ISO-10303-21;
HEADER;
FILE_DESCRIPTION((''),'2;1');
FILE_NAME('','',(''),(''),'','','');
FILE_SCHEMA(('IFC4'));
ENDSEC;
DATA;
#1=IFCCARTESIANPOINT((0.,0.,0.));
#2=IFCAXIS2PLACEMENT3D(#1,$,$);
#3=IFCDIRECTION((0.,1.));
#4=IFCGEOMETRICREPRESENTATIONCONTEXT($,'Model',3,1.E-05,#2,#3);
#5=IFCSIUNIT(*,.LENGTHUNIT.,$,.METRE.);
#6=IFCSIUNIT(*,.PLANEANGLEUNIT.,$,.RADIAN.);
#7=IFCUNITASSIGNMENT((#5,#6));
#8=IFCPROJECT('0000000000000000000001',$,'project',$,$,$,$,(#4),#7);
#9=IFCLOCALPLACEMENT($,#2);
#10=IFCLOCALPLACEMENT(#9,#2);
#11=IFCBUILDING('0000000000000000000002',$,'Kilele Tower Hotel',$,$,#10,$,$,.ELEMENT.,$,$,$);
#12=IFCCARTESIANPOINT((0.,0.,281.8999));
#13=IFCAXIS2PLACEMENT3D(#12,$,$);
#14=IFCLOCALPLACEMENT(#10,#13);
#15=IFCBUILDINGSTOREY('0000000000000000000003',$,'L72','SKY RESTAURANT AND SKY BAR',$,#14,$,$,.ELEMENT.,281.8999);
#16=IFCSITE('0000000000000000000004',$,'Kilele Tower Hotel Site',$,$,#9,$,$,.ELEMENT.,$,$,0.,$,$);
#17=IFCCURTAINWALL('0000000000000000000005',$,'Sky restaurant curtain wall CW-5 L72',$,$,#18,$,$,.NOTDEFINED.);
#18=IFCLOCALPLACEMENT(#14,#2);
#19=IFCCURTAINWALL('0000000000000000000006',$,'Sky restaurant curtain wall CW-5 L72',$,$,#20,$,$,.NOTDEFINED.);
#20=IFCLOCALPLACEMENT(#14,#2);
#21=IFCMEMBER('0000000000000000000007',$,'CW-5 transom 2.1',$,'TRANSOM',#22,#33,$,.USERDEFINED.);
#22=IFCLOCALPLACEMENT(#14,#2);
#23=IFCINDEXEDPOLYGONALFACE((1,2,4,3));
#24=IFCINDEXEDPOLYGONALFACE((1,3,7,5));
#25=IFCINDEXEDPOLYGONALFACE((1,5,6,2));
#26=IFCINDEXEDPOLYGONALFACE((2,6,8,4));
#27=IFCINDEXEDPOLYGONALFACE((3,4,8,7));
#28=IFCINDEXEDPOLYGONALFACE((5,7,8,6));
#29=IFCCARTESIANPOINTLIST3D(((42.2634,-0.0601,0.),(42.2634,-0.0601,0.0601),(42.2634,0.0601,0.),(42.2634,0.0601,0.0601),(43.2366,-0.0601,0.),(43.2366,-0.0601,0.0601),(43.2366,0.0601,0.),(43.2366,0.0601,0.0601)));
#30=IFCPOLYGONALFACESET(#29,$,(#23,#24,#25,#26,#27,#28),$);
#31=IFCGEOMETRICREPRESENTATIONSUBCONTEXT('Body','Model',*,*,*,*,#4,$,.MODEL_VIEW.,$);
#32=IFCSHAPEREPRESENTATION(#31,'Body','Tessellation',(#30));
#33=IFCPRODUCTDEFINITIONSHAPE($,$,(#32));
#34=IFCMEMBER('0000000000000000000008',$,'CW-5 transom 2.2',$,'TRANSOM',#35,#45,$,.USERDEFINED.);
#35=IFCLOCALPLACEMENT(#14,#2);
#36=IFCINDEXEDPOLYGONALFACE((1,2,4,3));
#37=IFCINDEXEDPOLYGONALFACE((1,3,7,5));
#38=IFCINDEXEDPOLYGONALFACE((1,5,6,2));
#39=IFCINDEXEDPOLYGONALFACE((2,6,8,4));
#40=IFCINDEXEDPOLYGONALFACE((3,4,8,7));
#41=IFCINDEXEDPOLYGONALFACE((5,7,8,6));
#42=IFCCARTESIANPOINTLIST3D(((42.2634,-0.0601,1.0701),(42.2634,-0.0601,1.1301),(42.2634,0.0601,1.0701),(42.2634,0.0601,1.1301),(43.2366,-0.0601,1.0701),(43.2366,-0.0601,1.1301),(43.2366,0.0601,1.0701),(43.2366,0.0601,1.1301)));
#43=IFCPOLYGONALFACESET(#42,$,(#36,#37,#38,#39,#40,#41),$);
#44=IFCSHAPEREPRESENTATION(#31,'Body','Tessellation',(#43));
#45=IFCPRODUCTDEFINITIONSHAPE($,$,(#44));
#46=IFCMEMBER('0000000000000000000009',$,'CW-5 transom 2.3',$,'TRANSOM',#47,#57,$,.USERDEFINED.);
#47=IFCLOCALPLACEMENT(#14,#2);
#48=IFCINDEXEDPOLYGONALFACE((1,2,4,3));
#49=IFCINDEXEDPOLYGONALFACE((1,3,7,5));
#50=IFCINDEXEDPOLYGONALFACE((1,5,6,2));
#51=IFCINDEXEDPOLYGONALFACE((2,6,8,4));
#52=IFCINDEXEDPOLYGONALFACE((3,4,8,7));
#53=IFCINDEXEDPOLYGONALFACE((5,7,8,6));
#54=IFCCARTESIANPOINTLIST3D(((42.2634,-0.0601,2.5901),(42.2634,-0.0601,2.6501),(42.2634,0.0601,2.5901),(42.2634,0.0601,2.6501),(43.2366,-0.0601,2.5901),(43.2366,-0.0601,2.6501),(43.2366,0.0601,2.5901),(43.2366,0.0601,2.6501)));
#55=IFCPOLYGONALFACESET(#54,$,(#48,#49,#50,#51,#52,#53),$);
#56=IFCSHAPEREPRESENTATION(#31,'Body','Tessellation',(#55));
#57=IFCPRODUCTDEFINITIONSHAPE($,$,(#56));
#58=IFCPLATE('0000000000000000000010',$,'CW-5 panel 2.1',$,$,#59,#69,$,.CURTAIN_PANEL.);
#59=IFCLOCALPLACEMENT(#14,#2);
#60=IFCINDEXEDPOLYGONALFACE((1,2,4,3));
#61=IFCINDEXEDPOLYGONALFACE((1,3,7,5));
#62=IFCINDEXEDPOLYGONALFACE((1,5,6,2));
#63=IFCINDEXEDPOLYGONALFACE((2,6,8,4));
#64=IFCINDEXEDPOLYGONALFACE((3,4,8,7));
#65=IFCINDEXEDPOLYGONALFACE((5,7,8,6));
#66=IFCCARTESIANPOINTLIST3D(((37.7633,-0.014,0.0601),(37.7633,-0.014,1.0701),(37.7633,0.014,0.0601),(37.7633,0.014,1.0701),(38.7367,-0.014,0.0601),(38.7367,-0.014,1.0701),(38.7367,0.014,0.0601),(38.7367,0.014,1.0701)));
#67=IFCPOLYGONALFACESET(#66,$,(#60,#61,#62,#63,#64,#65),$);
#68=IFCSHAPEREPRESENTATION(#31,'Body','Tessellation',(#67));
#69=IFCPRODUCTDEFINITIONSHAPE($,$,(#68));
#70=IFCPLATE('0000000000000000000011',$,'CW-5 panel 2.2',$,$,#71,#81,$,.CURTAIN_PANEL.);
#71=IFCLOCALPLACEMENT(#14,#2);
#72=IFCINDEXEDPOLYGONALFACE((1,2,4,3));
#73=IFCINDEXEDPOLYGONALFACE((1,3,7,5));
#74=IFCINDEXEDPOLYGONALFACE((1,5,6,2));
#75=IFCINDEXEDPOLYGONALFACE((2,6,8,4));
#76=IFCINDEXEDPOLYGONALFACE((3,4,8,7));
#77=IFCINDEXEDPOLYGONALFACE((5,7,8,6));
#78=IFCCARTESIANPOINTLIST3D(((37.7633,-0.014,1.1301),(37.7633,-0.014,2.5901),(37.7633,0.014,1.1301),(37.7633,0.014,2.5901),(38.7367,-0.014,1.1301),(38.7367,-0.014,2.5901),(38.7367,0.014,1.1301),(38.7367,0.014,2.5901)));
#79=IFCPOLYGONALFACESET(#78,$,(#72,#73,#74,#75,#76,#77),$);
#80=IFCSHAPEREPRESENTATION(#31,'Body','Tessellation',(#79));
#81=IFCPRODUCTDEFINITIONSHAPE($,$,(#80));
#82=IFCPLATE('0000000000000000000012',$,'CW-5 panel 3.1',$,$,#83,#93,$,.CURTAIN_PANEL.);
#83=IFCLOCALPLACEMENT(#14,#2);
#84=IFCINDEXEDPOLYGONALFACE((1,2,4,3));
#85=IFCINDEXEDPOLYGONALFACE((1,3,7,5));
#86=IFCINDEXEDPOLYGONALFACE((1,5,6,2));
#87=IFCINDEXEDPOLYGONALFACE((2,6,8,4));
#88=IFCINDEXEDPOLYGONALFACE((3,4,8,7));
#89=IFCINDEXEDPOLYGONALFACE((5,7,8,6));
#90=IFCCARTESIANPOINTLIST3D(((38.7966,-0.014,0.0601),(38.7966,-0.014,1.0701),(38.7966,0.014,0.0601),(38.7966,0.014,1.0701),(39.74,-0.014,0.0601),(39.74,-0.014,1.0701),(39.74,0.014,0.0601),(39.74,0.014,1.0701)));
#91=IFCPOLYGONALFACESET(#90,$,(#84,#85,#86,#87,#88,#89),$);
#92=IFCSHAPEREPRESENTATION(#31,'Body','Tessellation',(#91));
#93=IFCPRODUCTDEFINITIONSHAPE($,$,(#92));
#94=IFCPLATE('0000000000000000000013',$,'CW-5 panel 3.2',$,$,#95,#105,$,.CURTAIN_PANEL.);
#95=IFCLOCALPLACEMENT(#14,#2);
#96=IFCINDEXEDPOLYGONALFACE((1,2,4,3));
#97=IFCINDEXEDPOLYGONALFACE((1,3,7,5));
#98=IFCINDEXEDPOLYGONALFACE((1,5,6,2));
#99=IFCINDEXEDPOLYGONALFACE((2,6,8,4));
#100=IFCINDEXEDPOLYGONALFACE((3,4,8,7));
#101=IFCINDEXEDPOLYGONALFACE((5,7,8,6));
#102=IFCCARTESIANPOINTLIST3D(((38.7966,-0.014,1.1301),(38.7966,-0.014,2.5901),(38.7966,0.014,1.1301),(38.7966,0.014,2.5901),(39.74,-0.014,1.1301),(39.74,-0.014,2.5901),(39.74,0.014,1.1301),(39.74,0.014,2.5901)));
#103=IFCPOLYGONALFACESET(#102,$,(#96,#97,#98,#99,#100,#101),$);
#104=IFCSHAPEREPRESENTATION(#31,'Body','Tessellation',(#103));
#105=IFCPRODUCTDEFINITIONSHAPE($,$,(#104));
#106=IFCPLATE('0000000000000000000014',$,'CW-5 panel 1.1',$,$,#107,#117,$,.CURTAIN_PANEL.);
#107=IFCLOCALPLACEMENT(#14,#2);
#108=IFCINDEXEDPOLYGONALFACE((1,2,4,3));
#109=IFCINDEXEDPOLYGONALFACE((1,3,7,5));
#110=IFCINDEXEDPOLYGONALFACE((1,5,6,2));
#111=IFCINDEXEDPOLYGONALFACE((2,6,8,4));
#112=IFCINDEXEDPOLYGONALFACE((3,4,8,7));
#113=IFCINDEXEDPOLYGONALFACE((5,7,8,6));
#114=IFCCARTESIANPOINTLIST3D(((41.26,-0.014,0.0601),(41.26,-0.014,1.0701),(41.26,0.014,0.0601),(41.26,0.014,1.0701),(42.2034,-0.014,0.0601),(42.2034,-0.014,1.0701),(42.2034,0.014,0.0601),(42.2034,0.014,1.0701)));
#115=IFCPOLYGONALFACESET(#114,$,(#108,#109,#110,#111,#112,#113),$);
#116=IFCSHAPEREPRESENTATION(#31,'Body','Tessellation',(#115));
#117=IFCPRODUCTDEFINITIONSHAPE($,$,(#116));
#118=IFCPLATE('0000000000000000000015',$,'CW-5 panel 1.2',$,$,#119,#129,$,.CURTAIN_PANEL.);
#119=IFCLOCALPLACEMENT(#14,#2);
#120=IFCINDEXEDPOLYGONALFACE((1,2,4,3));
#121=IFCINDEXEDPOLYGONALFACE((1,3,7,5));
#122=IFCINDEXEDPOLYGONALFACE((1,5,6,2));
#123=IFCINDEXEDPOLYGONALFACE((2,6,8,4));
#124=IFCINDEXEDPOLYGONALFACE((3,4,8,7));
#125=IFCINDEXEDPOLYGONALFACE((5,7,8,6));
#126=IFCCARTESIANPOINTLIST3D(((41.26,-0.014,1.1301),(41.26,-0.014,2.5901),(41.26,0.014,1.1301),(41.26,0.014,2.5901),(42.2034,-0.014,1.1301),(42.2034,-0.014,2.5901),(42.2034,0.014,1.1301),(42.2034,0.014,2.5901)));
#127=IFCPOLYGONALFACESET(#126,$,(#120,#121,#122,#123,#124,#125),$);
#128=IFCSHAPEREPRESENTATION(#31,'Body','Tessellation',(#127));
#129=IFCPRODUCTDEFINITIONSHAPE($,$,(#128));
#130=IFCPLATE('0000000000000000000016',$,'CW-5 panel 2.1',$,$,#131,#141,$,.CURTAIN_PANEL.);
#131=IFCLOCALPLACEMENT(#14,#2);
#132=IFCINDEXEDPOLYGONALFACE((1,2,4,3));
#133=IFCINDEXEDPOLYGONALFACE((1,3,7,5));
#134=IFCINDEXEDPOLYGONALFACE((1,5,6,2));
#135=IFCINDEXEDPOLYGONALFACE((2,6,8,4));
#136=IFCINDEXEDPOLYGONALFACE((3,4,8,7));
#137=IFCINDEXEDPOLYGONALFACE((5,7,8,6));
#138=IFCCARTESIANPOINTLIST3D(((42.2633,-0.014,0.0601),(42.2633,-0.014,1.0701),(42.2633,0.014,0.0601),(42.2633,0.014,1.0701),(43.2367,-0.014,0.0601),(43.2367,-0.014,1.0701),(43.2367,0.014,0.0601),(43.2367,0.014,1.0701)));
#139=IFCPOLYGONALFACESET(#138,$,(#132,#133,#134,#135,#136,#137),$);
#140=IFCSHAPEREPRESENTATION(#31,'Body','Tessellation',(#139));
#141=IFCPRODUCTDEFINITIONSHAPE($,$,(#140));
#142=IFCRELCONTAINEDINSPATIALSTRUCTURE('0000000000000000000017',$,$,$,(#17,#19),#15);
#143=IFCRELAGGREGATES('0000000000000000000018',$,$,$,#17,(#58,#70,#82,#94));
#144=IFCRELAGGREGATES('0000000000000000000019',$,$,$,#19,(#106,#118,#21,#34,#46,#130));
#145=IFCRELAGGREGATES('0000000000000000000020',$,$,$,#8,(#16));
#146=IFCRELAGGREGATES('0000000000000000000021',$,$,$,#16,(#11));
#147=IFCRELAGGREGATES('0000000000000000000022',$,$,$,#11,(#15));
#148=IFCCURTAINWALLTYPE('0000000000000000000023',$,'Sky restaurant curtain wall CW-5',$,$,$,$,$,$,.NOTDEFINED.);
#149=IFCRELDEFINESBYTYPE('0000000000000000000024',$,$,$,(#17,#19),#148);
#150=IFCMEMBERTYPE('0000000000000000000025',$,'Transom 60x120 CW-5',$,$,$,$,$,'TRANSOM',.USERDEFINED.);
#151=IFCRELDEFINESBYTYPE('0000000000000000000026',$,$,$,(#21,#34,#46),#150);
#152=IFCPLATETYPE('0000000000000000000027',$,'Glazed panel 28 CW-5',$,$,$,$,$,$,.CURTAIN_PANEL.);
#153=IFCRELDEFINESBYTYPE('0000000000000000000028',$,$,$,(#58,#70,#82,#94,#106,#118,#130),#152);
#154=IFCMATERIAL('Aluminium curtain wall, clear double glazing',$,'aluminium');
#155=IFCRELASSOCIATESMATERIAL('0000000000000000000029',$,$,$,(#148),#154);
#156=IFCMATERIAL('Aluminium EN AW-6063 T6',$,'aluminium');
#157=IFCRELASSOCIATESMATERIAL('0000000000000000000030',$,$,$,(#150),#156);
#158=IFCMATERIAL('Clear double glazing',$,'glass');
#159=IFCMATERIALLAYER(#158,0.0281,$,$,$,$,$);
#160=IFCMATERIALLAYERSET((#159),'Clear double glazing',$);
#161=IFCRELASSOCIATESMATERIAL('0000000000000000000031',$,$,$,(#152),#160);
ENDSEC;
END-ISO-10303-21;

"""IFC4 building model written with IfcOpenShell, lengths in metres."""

from ifc_helpers import new_model, si_unit, direction, frame, origin, origin_2d, place, context, subcontext, project, spatial, rectangle, extrude, material, layer, layer_set, material_profile, profile_set, type_object, element, aggregate, save


model = new_model("IFC4")

# Units and contexts
model_context = context("Model", 3, precision=1e-05, world=origin(), true_north=direction((0.0, 1.0)))
body_context = subcontext(model_context, "Body", "Model", "MODEL_VIEW")
ifc_project = project(units=[si_unit("LENGTHUNIT", "METRE"), si_unit("PLANEANGLEUNIT", "RADIAN")], contexts=[model_context])

# Site, building, storey
site_placement = place(None, origin())
site = spatial("IfcSite", under=ifc_project, at=site_placement, Name="Kilele Tower Hotel Site", CompositionType="ELEMENT", RefElevation=0.0)
building_placement = place(site_placement, origin())
building = spatial("IfcBuilding", under=site, at=building_placement, Name="Kilele Tower Hotel", CompositionType="ELEMENT")
storey_placement = place(building_placement, frame((0.0, 0.0, 281.8999)))
storey = spatial("IfcBuildingStorey", under=building, at=storey_placement, Name="L72", Description="SKY RESTAURANT AND SKY BAR", CompositionType="ELEMENT", Elevation=281.8999)

# Curtain walls
ifc_material_1 = material(Name="Aluminium curtain wall, clear double glazing", Category="aluminium")
curtain_wall_type = type_object("IfcCurtainWallType", Name="Sky restaurant curtain wall CW-5", PredefinedType="NOTDEFINED", material=ifc_material_1)
curtain_wall_1_placement = place(storey_placement, origin())
curtain_wall_1 = element("IfcCurtainWall", 1, at=curtain_wall_1_placement, inside=storey, type_object=curtain_wall_type, Name="Sky restaurant curtain wall CW-5 L72", PredefinedType="NOTDEFINED")
curtain_wall_2_placement = place(storey_placement, origin())
curtain_wall_2 = element("IfcCurtainWall", 2, at=curtain_wall_2_placement, inside=storey, type_object=curtain_wall_type, Name="Sky restaurant curtain wall CW-5 L72", PredefinedType="NOTDEFINED")

# Members
ifc_material_2 = material(Name="Aluminium EN AW-6063 T6", Category="aluminium")
ifc_material_profile_1 = material_profile(ifc_material_2, rectangle(XDim=0.1201, YDim=0.0601, at=origin_2d()))
ifc_profile_set_1 = profile_set([ifc_material_profile_1], Name="Aluminium EN AW-6063 T6")
member_type_1 = type_object("IfcMemberType", Name="Transom 60x120 CW-5", ElementType="TRANSOM", PredefinedType="USERDEFINED", material=ifc_profile_set_1)
member_1_placement = place(storey_placement, frame((42.2634, 0.0, 0.03), z_axis=(1.0, 0.0, 0.0), x_axis=(0.0, 1.0, 0.0)))
member_1 = element("IfcMember", 3, at=member_1_placement, type_object=member_type_1, Name="CW-5 transom 2.1", ObjectType="TRANSOM", PredefinedType="USERDEFINED", context=body_context, shape_type="SweptSolid", body=[
    extrude(rectangle(XDim=0.1201, YDim=0.0601, at=origin_2d()), origin(), (0.0, 0.0, 1.0), 0.9731),
])
member_2_placement = place(storey_placement, frame((42.2634, 0.0, 1.1001), z_axis=(1.0, 0.0, 0.0), x_axis=(0.0, 1.0, 0.0)))
member_2 = element("IfcMember", 4, at=member_2_placement, type_object=member_type_1, Name="CW-5 transom 2.2", ObjectType="TRANSOM", PredefinedType="USERDEFINED", context=body_context, shape_type="SweptSolid", body=[
    extrude(rectangle(XDim=0.1201, YDim=0.0601, at=origin_2d()), origin(), (0.0, 0.0, 1.0), 0.9731),
])
member_3_placement = place(storey_placement, frame((42.2634, 0.0, 2.6201), z_axis=(1.0, 0.0, 0.0), x_axis=(0.0, 1.0, 0.0)))
member_3 = element("IfcMember", 5, at=member_3_placement, type_object=member_type_1, Name="CW-5 transom 2.3", ObjectType="TRANSOM", PredefinedType="USERDEFINED", context=body_context, shape_type="SweptSolid", body=[
    extrude(rectangle(XDim=0.1201, YDim=0.0601, at=origin_2d()), origin(), (0.0, 0.0, 1.0), 0.9731),
])

# Plates
ifc_material_3 = material(Name="Clear double glazing", Category="glass")
ifc_layer = layer(ifc_material_3, 0.0281)
ifc_layer_set = layer_set([ifc_layer], Name="Clear double glazing")
plate_type = type_object("IfcPlateType", Name="Glazed panel 28 CW-5", PredefinedType="CURTAIN_PANEL", material=ifc_layer_set)
plate_1_placement = place(storey_placement, frame((38.25, 0.0, 0.0601), z_axis=(0.0, 0.0, 1.0), x_axis=(1.0, 0.0, 0.0)))
plate_1 = element("IfcPlate", 6, at=plate_1_placement, type_object=plate_type, Name="CW-5 panel 2.1", PredefinedType="CURTAIN_PANEL", context=body_context, shape_type="SweptSolid", body=[
    extrude(rectangle(XDim=0.9734, YDim=0.0281, at=origin_2d()), origin(), (0.0, 0.0, 1.0), 1.01),
])
plate_2_placement = place(storey_placement, frame((38.25, 0.0, 1.1301), z_axis=(0.0, 0.0, 1.0), x_axis=(1.0, 0.0, 0.0)))
plate_2 = element("IfcPlate", 7, at=plate_2_placement, type_object=plate_type, Name="CW-5 panel 2.2", PredefinedType="CURTAIN_PANEL", context=body_context, shape_type="SweptSolid", body=[
    extrude(rectangle(XDim=0.9734, YDim=0.0281, at=origin_2d()), origin(), (0.0, 0.0, 1.0), 1.46),
])
plate_3_placement = place(storey_placement, frame((39.2683, 0.0, 0.0601), z_axis=(0.0, 0.0, 1.0), x_axis=(1.0, 0.0, 0.0)))
plate_3 = element("IfcPlate", 8, at=plate_3_placement, type_object=plate_type, Name="CW-5 panel 3.1", PredefinedType="CURTAIN_PANEL", context=body_context, shape_type="SweptSolid", body=[
    extrude(rectangle(XDim=0.9434, YDim=0.0281, at=origin_2d()), origin(), (0.0, 0.0, 1.0), 1.01),
])
plate_4_placement = place(storey_placement, frame((39.2683, 0.0, 1.1301), z_axis=(0.0, 0.0, 1.0), x_axis=(1.0, 0.0, 0.0)))
plate_4 = element("IfcPlate", 9, at=plate_4_placement, type_object=plate_type, Name="CW-5 panel 3.2", PredefinedType="CURTAIN_PANEL", context=body_context, shape_type="SweptSolid", body=[
    extrude(rectangle(XDim=0.9434, YDim=0.0281, at=origin_2d()), origin(), (0.0, 0.0, 1.0), 1.46),
])
aggregate(curtain_wall_1, [plate_1, plate_2, plate_3, plate_4])
plate_5_placement = place(storey_placement, frame((41.7317, 0.0, 0.0601), z_axis=(0.0, 0.0, 1.0), x_axis=(1.0, 0.0, 0.0)))
plate_5 = element("IfcPlate", 10, at=plate_5_placement, type_object=plate_type, Name="CW-5 panel 1.1", PredefinedType="CURTAIN_PANEL", context=body_context, shape_type="SweptSolid", body=[
    extrude(rectangle(XDim=0.9434, YDim=0.0281, at=origin_2d()), origin(), (0.0, 0.0, 1.0), 1.01),
])
plate_6_placement = place(storey_placement, frame((41.7317, 0.0, 1.1301), z_axis=(0.0, 0.0, 1.0), x_axis=(1.0, 0.0, 0.0)))
plate_6 = element("IfcPlate", 11, at=plate_6_placement, type_object=plate_type, Name="CW-5 panel 1.2", PredefinedType="CURTAIN_PANEL", context=body_context, shape_type="SweptSolid", body=[
    extrude(rectangle(XDim=0.9434, YDim=0.0281, at=origin_2d()), origin(), (0.0, 0.0, 1.0), 1.46),
])
plate_7_placement = place(storey_placement, frame((42.75, 0.0, 0.0601), z_axis=(0.0, 0.0, 1.0), x_axis=(1.0, 0.0, 0.0)))
plate_7 = element("IfcPlate", 12, at=plate_7_placement, type_object=plate_type, Name="CW-5 panel 2.1", PredefinedType="CURTAIN_PANEL", context=body_context, shape_type="SweptSolid", body=[
    extrude(rectangle(XDim=0.9734, YDim=0.0281, at=origin_2d()), origin(), (0.0, 0.0, 1.0), 1.01),
])
aggregate(curtain_wall_2, [plate_5, plate_6, member_1, member_2, member_3, plate_7])

save(model, "model.ifc")
